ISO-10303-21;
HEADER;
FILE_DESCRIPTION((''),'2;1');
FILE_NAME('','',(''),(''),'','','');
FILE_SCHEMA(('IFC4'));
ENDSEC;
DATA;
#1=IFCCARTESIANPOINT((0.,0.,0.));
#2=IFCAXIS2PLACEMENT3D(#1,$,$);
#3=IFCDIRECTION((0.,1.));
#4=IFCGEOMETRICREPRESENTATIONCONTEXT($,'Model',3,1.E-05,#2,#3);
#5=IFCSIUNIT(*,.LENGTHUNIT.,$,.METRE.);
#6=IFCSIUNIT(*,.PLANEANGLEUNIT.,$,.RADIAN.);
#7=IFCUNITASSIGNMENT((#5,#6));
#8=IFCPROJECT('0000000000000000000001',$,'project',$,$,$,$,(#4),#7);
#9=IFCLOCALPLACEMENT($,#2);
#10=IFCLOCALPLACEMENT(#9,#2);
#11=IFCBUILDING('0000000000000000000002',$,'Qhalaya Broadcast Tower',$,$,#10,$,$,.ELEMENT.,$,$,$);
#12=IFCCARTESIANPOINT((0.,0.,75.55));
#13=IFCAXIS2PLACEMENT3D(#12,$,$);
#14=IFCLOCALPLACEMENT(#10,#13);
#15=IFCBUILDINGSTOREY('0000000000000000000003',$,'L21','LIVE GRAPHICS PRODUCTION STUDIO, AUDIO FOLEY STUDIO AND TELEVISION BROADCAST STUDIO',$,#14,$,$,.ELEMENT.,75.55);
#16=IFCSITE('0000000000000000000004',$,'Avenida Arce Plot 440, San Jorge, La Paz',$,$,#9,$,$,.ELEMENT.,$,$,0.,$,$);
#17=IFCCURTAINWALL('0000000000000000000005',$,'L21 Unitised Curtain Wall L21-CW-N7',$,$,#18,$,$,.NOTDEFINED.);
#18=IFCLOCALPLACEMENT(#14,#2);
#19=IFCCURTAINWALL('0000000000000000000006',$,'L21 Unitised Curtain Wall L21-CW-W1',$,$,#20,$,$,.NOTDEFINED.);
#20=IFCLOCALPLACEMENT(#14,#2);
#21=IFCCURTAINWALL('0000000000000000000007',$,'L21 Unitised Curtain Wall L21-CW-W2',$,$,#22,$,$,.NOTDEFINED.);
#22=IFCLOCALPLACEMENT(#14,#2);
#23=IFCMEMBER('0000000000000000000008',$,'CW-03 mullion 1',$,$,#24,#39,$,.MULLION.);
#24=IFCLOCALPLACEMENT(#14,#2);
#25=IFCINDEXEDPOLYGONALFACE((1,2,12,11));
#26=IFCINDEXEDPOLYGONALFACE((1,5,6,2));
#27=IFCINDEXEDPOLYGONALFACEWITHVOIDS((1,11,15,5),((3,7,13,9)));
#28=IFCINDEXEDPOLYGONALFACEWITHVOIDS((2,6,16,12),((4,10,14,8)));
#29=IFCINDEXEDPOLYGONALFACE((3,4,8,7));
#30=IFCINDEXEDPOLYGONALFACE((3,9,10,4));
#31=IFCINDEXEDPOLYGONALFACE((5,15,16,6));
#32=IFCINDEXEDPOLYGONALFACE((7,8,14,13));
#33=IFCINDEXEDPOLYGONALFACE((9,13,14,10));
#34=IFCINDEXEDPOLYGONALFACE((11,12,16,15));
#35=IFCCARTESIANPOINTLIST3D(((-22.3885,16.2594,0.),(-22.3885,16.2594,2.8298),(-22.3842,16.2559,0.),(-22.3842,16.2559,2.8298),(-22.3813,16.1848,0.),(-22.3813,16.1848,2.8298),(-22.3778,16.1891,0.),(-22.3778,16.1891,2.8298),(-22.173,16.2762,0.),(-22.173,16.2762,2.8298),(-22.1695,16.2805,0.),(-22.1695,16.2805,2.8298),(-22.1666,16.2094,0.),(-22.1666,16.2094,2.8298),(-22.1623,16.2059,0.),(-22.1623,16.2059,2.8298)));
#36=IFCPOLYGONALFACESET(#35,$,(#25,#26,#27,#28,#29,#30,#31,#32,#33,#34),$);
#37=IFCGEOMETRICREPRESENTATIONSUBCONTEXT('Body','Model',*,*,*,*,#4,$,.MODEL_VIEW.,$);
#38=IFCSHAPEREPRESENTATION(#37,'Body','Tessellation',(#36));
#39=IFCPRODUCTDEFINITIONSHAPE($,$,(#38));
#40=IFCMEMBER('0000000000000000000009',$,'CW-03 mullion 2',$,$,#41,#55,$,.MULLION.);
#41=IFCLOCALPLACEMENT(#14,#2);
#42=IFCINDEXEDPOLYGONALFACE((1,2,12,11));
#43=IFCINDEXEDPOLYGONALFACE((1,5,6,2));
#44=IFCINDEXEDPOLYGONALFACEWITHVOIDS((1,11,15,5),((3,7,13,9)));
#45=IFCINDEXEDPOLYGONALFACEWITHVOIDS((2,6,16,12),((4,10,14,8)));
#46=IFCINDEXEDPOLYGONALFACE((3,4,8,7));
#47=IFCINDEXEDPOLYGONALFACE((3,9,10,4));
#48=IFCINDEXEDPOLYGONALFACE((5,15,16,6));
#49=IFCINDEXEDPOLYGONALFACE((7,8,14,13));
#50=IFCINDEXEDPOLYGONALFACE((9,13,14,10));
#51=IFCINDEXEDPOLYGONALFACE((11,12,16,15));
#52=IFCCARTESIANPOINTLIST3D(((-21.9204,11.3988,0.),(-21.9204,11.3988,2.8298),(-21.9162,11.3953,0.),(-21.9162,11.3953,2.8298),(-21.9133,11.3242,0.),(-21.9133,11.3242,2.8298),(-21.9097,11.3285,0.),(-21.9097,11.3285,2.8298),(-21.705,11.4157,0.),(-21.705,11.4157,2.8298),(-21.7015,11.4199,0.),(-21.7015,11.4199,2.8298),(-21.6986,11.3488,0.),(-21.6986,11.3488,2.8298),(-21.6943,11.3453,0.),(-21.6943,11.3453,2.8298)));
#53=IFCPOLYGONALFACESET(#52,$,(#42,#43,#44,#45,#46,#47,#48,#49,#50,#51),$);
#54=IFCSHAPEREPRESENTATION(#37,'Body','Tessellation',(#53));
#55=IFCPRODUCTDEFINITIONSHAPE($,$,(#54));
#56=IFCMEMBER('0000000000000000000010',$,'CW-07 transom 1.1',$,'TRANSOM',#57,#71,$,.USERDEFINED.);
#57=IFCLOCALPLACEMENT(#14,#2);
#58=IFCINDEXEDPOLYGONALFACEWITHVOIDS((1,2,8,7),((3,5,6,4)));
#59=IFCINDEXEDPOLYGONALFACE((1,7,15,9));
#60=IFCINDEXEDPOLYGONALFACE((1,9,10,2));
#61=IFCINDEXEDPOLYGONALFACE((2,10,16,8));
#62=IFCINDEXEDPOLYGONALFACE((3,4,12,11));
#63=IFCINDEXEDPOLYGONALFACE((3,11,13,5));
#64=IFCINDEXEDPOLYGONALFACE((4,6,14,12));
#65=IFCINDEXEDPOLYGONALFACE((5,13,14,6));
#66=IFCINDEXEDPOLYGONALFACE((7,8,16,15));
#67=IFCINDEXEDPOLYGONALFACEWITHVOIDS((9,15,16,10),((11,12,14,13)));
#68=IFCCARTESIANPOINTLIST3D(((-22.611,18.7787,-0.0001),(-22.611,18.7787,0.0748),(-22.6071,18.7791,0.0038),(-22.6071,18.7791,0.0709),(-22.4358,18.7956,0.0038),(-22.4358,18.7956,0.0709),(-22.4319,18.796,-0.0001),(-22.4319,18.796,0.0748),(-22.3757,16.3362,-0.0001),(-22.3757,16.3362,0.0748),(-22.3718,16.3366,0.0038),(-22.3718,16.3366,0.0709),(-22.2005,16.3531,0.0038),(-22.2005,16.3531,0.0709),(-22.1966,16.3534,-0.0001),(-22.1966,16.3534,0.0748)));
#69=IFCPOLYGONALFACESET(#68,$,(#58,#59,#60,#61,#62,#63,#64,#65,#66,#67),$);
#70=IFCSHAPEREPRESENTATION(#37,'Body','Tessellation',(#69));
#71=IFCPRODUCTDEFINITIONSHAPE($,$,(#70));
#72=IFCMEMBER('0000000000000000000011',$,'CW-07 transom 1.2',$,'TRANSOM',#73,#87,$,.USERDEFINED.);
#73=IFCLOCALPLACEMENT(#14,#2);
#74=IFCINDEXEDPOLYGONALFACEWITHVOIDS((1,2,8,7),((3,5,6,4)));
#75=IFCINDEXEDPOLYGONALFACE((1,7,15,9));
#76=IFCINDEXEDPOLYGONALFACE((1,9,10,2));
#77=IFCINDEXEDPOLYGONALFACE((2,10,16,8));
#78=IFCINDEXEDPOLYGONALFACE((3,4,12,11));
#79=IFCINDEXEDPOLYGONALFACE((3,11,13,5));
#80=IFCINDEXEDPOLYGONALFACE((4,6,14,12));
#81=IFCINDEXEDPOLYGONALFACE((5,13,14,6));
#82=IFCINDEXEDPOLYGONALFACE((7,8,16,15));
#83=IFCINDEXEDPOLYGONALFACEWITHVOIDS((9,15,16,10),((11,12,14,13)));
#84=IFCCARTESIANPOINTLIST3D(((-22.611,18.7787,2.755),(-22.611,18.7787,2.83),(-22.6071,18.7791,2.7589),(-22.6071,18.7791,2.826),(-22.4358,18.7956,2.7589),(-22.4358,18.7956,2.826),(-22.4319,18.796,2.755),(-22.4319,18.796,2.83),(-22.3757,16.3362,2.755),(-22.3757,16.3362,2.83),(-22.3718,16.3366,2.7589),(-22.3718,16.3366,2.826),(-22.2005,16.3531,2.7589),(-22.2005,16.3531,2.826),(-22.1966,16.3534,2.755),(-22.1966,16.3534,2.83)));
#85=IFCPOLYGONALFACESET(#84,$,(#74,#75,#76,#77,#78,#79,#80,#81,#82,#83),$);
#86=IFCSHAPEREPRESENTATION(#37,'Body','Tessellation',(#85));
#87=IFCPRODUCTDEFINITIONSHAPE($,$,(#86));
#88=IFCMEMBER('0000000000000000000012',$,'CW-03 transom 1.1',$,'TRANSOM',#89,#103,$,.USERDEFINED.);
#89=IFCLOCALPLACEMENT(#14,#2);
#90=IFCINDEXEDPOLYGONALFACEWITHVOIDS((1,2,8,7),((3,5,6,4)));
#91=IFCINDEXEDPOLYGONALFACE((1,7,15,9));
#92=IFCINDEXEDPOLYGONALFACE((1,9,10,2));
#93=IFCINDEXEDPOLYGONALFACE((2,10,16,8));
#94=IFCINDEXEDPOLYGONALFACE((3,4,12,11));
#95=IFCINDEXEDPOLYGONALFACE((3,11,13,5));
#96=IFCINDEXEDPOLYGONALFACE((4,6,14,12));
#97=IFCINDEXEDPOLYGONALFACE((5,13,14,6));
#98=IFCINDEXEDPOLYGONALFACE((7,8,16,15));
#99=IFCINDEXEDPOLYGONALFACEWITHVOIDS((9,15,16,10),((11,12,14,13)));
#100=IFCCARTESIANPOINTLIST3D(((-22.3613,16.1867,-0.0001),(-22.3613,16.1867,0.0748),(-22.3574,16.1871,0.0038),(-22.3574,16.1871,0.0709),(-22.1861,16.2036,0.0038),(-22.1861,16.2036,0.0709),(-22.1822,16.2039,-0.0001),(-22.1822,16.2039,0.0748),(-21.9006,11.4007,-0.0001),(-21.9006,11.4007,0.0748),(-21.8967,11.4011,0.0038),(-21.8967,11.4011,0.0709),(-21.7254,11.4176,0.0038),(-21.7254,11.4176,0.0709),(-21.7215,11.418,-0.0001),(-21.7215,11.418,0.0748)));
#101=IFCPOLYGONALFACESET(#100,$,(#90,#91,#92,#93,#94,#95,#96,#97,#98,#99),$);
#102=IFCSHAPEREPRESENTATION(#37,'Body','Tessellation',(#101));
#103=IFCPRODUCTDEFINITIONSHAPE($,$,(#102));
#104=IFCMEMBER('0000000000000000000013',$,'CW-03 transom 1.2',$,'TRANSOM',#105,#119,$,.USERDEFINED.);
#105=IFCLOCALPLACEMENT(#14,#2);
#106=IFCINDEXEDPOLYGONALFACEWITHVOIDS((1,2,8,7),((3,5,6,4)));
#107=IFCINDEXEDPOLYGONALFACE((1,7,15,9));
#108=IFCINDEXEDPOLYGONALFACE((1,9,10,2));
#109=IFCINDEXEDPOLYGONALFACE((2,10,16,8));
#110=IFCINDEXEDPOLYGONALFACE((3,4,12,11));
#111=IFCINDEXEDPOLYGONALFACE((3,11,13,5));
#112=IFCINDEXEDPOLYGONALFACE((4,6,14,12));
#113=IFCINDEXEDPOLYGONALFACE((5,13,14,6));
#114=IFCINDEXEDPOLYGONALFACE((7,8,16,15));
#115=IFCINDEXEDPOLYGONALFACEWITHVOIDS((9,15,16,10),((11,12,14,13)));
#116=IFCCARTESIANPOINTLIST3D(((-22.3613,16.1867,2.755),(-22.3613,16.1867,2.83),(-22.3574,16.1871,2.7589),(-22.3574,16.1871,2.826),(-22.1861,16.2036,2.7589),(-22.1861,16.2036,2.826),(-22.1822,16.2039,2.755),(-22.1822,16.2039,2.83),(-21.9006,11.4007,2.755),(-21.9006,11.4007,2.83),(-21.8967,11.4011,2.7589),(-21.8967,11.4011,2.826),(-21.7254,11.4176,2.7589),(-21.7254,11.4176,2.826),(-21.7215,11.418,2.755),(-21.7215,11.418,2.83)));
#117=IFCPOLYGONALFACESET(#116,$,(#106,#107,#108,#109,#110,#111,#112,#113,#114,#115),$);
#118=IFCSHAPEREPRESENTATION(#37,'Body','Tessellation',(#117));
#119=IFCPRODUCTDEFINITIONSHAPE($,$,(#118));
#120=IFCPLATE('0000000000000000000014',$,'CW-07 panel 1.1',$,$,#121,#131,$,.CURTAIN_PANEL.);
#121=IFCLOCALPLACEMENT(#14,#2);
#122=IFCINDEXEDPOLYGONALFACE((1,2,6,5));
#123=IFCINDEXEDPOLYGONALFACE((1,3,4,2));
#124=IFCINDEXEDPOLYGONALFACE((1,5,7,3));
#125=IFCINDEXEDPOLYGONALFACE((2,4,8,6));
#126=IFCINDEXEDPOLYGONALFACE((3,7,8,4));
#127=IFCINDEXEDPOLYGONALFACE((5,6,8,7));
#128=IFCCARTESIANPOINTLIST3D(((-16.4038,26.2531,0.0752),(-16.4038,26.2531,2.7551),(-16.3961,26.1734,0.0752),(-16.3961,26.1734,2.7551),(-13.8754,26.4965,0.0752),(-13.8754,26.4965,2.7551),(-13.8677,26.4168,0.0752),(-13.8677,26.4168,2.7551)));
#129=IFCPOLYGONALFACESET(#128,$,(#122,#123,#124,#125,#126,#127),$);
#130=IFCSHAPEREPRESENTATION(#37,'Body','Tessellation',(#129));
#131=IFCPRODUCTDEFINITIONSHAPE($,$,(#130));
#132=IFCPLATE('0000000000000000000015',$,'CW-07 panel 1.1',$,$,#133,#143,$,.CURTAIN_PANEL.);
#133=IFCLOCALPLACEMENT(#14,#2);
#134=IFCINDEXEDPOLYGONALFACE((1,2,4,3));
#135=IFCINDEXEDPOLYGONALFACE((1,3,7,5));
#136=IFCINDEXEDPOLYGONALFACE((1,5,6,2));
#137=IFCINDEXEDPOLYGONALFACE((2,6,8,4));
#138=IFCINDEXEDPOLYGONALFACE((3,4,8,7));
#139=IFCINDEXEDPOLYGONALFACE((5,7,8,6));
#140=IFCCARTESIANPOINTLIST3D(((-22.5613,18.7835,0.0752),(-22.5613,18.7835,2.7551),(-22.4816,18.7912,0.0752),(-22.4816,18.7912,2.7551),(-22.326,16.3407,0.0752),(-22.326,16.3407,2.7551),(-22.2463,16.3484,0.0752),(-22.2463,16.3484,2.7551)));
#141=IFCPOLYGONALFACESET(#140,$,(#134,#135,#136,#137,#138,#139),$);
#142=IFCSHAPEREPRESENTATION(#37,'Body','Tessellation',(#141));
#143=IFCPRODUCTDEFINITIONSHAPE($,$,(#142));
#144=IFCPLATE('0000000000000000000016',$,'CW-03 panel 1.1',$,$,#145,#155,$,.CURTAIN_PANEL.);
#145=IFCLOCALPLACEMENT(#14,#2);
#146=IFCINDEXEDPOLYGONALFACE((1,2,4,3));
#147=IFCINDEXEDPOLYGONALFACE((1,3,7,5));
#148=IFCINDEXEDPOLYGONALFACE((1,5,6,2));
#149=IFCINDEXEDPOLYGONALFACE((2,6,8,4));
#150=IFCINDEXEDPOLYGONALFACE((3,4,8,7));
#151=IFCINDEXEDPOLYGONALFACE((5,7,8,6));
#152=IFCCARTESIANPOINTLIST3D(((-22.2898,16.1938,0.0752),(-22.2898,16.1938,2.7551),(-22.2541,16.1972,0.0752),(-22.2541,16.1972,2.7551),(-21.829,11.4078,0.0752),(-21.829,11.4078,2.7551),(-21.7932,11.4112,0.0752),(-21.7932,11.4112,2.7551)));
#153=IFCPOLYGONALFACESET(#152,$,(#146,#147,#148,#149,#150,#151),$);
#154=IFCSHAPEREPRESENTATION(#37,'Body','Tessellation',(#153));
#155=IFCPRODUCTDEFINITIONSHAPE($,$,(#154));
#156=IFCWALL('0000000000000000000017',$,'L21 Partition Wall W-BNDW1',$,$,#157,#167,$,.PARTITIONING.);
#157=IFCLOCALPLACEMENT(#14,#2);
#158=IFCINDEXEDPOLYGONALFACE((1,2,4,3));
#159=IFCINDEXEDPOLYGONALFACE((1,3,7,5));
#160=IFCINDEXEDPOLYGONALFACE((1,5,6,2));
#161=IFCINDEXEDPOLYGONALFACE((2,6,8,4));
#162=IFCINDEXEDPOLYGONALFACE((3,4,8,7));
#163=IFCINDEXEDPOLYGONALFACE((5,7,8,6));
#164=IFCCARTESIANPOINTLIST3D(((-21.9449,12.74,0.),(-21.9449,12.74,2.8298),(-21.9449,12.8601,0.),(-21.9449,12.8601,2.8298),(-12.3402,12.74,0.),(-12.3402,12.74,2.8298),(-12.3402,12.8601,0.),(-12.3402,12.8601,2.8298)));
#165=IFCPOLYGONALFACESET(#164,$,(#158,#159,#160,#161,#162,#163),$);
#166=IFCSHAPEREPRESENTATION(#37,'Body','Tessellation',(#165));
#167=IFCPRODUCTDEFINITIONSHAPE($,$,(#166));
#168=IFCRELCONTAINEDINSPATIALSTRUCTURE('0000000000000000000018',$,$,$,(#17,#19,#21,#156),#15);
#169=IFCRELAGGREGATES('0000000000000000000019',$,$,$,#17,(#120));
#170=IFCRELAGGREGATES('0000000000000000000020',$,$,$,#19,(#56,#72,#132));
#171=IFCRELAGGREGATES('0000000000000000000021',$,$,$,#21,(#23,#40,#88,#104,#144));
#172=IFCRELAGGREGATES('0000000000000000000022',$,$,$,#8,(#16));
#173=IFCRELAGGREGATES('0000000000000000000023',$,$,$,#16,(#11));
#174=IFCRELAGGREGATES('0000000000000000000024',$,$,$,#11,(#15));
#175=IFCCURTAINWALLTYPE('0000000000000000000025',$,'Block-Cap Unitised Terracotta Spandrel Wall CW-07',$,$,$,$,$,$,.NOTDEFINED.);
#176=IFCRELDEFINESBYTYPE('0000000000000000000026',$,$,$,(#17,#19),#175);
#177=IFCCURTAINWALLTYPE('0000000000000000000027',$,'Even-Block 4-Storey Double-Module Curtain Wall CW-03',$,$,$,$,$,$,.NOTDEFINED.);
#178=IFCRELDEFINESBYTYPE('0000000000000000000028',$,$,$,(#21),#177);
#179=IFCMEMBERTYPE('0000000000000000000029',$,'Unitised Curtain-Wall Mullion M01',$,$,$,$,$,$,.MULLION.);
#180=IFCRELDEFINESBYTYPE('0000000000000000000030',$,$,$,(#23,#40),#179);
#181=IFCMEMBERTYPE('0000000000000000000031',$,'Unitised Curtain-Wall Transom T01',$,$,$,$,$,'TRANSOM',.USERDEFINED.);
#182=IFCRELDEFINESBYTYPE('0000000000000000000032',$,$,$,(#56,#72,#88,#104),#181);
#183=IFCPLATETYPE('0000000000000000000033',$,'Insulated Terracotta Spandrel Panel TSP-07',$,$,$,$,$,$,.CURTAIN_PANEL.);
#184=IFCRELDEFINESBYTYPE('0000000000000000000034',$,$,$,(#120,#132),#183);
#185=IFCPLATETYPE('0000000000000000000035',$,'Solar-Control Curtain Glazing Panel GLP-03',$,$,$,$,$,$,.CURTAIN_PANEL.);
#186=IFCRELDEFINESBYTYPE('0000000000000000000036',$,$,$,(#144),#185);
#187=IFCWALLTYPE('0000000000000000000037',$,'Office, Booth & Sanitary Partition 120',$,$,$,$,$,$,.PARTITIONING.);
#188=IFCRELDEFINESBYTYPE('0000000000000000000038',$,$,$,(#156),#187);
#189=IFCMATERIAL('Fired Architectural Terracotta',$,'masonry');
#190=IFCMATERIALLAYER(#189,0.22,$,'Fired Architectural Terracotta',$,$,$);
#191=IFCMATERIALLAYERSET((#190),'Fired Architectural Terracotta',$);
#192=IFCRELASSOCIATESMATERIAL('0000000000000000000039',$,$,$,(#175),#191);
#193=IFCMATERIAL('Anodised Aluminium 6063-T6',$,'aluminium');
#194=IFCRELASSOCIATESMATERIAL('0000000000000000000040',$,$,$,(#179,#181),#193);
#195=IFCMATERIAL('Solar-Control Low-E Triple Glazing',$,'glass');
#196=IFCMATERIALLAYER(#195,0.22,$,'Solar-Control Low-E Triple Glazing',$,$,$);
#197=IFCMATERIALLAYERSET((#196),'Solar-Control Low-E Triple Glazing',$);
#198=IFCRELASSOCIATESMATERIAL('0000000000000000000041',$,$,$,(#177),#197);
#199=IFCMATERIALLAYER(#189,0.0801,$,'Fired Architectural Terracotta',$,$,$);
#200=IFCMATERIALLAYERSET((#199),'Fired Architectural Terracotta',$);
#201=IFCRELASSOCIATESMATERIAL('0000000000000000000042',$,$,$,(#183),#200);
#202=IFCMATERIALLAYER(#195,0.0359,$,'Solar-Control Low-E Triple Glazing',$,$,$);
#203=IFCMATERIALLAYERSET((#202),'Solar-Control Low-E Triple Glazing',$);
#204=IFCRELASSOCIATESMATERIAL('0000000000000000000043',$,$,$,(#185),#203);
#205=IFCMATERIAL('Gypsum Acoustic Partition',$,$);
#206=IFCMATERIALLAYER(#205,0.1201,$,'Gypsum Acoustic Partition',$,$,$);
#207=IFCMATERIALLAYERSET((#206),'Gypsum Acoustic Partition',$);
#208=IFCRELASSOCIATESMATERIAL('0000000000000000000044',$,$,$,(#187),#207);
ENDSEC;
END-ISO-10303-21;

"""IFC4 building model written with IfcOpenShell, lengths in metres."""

from ifc_helpers import new_model, si_unit, direction, frame, frame_2d, origin, origin_2d, place, context, subcontext, project, spatial, rectangle, hollow_rectangle, extrude, material, layer, layer_set, material_profile, profile_set, type_object, element, aggregate, save


model = new_model("IFC4")

# Units and contexts
model_context = context("Model", 3, precision=1e-05, world=origin(), true_north=direction((0.0, 1.0)))
body_context = subcontext(model_context, "Body", "Model", "MODEL_VIEW")
ifc_project = project(units=[si_unit("LENGTHUNIT", "METRE"), si_unit("PLANEANGLEUNIT", "RADIAN")], contexts=[model_context])

# Site, building, storey
site_placement = place(None, origin())
site = spatial("IfcSite", under=ifc_project, at=site_placement, Name="Avenida Arce Plot 440, San Jorge, La Paz", CompositionType="ELEMENT", RefElevation=0.0)
building_placement = place(site_placement, origin())
building = spatial("IfcBuilding", under=site, at=building_placement, Name="Qhalaya Broadcast Tower", CompositionType="ELEMENT")
storey_placement = place(building_placement, frame((0.0, 0.0, 75.55)))
storey = spatial("IfcBuildingStorey", under=building, at=storey_placement, Name="L21", Description="LIVE GRAPHICS PRODUCTION STUDIO, AUDIO FOLEY STUDIO AND TELEVISION BROADCAST STUDIO", CompositionType="ELEMENT", Elevation=75.55)

# Curtain wall
ifc_material_1 = material(Name="Fired Architectural Terracotta", Category="masonry")
ifc_layer_1 = layer(ifc_material_1, 0.22, Name="Fired Architectural Terracotta")
ifc_layer_set_1 = layer_set([ifc_layer_1], Name="Fired Architectural Terracotta")
curtain_wall_type_1 = type_object("IfcCurtainWallType", Name="Block-Cap Unitised Terracotta Spandrel Wall CW-07", PredefinedType="NOTDEFINED", material=ifc_layer_set_1)
curtain_wall_1_placement = place(storey_placement, origin())
curtain_wall_1 = element("IfcCurtainWall", 1, at=curtain_wall_1_placement, inside=storey, type_object=curtain_wall_type_1, Name="L21 Unitised Curtain Wall L21-CW-N7", PredefinedType="NOTDEFINED")
ifc_material_2 = material(Name="Anodised Aluminium 6063-T6", Category="aluminium")
ifc_material_profile_1 = material_profile(ifc_material_2, hollow_rectangle(XDim=0.075, YDim=0.22, WallThickness=0.0039, at=origin_2d()), Name="ALU-MUL 75x220x4")
ifc_profile_set_1 = profile_set([ifc_material_profile_1], Name="Anodised Aluminium 6063-T6")
member_type_1 = type_object("IfcMemberType", Name="Unitised Curtain-Wall Mullion M01", PredefinedType="MULLION", material=ifc_profile_set_1)

# Curtain walls, members
curtain_wall_2_placement = place(storey_placement, origin())
curtain_wall_2 = element("IfcCurtainWall", 2, at=curtain_wall_2_placement, inside=storey, type_object=curtain_wall_type_1, Name="L21 Unitised Curtain Wall L21-CW-W1", PredefinedType="NOTDEFINED")
ifc_material_3 = material(Name="Solar-Control Low-E Triple Glazing", Category="glass")
ifc_layer_2 = layer(ifc_material_3, 0.22, Name="Solar-Control Low-E Triple Glazing")
ifc_layer_set_2 = layer_set([ifc_layer_2], Name="Solar-Control Low-E Triple Glazing")
curtain_wall_type_2 = type_object("IfcCurtainWallType", Name="Even-Block 4-Storey Double-Module Curtain Wall CW-03", PredefinedType="NOTDEFINED", material=ifc_layer_set_2)
curtain_wall_3_placement = place(storey_placement, origin())
curtain_wall_3 = element("IfcCurtainWall", 3, at=curtain_wall_3_placement, inside=storey, type_object=curtain_wall_type_2, Name="L21 Unitised Curtain Wall L21-CW-W2", PredefinedType="NOTDEFINED")
member_1_placement = place(storey_placement, frame((-22.2754, 16.2327, 0.0), z_axis=(0.0, 0.0, 1.0), x_axis=(0.095845, -0.995396, 0.0)))
member_1 = element("IfcMember", 4, at=member_1_placement, type_object=member_type_1, Name="CW-03 mullion 1", PredefinedType="MULLION", context=body_context, shape_type="SweptSolid", body=[
    extrude(hollow_rectangle(XDim=0.075, YDim=0.22, WallThickness=0.0039, at=origin_2d()), origin(), (0.0, 0.0, 1.0), 2.8298),
])
member_2_placement = place(storey_placement, frame((-21.8074, 11.3721, 0.0), z_axis=(0.0, 0.0, 1.0), x_axis=(0.095845, -0.995396, 0.0)))
member_2 = element("IfcMember", 5, at=member_2_placement, type_object=member_type_1, Name="CW-03 mullion 2", PredefinedType="MULLION", context=body_context, shape_type="SweptSolid", body=[
    extrude(hollow_rectangle(XDim=0.075, YDim=0.22, WallThickness=0.0039, at=origin_2d()), origin(), (0.0, 0.0, 1.0), 2.8298),
])

# Members
ifc_material_profile_2 = material_profile(ifc_material_2, hollow_rectangle(XDim=0.075, YDim=0.1799, WallThickness=0.0039, at=origin_2d()), Name="ALU-TRN 75x180x4")
ifc_profile_set_2 = profile_set([ifc_material_profile_2], Name="Anodised Aluminium 6063-T6")
member_type_2 = type_object("IfcMemberType", Name="Unitised Curtain-Wall Transom T01", ElementType="TRANSOM", PredefinedType="USERDEFINED", material=ifc_profile_set_2)
member_3_placement = place(storey_placement, frame((-22.5215, 18.7874, 0.0374), z_axis=(0.095908, -0.99539, 0.0), x_axis=(0.0, 0.0, 1.0)))
member_3 = element("IfcMember", 6, at=member_3_placement, type_object=member_type_2, Name="CW-07 transom 1.1", ObjectType="TRANSOM", PredefinedType="USERDEFINED", context=body_context, shape_type="SweptSolid", body=[
    extrude(hollow_rectangle(XDim=0.075, YDim=0.1799, WallThickness=0.0039, at=origin_2d()), origin(), (0.0, 0.0, 1.0), 2.4539),
])
member_4_placement = place(storey_placement, frame((-22.5215, 18.7874, 2.7925), z_axis=(0.095908, -0.99539, 0.0), x_axis=(0.0, 0.0, 1.0)))
member_4 = element("IfcMember", 7, at=member_4_placement, type_object=member_type_2, Name="CW-07 transom 1.2", ObjectType="TRANSOM", PredefinedType="USERDEFINED", context=body_context, shape_type="SweptSolid", body=[
    extrude(hollow_rectangle(XDim=0.075, YDim=0.1799, WallThickness=0.0039, at=origin_2d()), origin(), (0.0, 0.0, 1.0), 2.4539),
])
member_5_placement = place(storey_placement, frame((-22.2717, 16.1953, 0.0374), z_axis=(0.095818, -0.995399, 0.0), x_axis=(0.0, 0.0, 1.0)))
member_5 = element("IfcMember", 8, at=member_5_placement, type_object=member_type_2, Name="CW-03 transom 1.1", ObjectType="TRANSOM", PredefinedType="USERDEFINED", context=body_context, shape_type="SweptSolid", body=[
    extrude(hollow_rectangle(XDim=0.075, YDim=0.1799, WallThickness=0.0039, at=origin_2d()), origin(), (0.0, 0.0, 1.0), 4.8081),
])
member_6_placement = place(storey_placement, frame((-22.2717, 16.1953, 2.7925), z_axis=(0.095818, -0.995399, 0.0), x_axis=(0.0, 0.0, 1.0)))
member_6 = element("IfcMember", 9, at=member_6_placement, type_object=member_type_2, Name="CW-03 transom 1.2", ObjectType="TRANSOM", PredefinedType="USERDEFINED", context=body_context, shape_type="SweptSolid", body=[
    extrude(hollow_rectangle(XDim=0.075, YDim=0.1799, WallThickness=0.0039, at=origin_2d()), origin(), (0.0, 0.0, 1.0), 4.8081),
])

# Plates
ifc_layer_3 = layer(ifc_material_1, 0.0801, Name="Fired Architectural Terracotta")
ifc_layer_set_3 = layer_set([ifc_layer_3], Name="Fired Architectural Terracotta")
plate_type_1 = type_object("IfcPlateType", Name="Insulated Terracotta Spandrel Panel TSP-07", PredefinedType="CURTAIN_PANEL", material=ifc_layer_set_3)
plate_1_placement = place(storey_placement, frame((-15.1357, 26.335, 0.0752), z_axis=(0.0, 0.0, 1.0), x_axis=(-0.995397, -0.095834, 0.0)))
plate_1 = element("IfcPlate", 10, at=plate_1_placement, type_object=plate_type_1, Name="CW-07 panel 1.1", PredefinedType="CURTAIN_PANEL", context=body_context, shape_type="SweptSolid", body=[
    extrude(rectangle(XDim=2.54, YDim=0.0801, at=origin_2d()), origin(), (0.0, 0.0, 1.0), 2.6799),
])
aggregate(curtain_wall_1, [plate_1])
plate_2_placement = place(storey_placement, frame((-22.4038, 17.5659, 0.0752), z_axis=(0.0, 0.0, 1.0), x_axis=(0.095853, -0.995396, 0.0)))
plate_2 = element("IfcPlate", 11, at=plate_2_placement, type_object=plate_type_1, Name="CW-07 panel 1.1", PredefinedType="CURTAIN_PANEL", context=body_context, shape_type="SweptSolid", body=[
    extrude(rectangle(XDim=2.4541, YDim=0.0801, at=origin_2d()), origin(), (0.0, 0.0, 1.0), 2.6799),
])
aggregate(curtain_wall_2, [member_3, member_4, plate_2])
ifc_layer_4 = layer(ifc_material_3, 0.0359, Name="Solar-Control Low-E Triple Glazing")
ifc_layer_set_4 = layer_set([ifc_layer_4], Name="Solar-Control Low-E Triple Glazing")
plate_type_2 = type_object("IfcPlateType", Name="Solar-Control Curtain Glazing Panel GLP-03", PredefinedType="CURTAIN_PANEL", material=ifc_layer_set_4)
plate_3_placement = place(storey_placement, frame((-22.0415, 13.8025, 0.0752), z_axis=(0.0, 0.0, 1.0), x_axis=(0.095845, -0.995396, 0.0)))
plate_3 = element("IfcPlate", 12, at=plate_3_placement, type_object=plate_type_2, Name="CW-03 panel 1.1", PredefinedType="CURTAIN_PANEL", context=body_context, shape_type="SweptSolid", body=[
    extrude(rectangle(XDim=4.8081, YDim=0.0359, at=origin_2d()), origin(), (0.0, 0.0, 1.0), 2.6799),
])
aggregate(curtain_wall_3, [member_1, member_2, member_5, member_6, plate_3])

# Wall
ifc_material_4 = material(Name="Gypsum Acoustic Partition")
ifc_layer_5 = layer(ifc_material_4, 0.1201, Name="Gypsum Acoustic Partition")
ifc_layer_set_5 = layer_set([ifc_layer_5], Name="Gypsum Acoustic Partition")
wall_type = type_object("IfcWallType", Name="Office, Booth & Sanitary Partition 120", PredefinedType="PARTITIONING", material=ifc_layer_set_5)
wall_placement = place(storey_placement, frame((-21.9448, 12.8, 0.0), z_axis=(0.0, 0.0, 1.0), x_axis=(1.0, 0.0, 0.0)))
element("IfcWall", 13, at=wall_placement, inside=storey, type_object=wall_type, Name="L21 Partition Wall W-BNDW1", PredefinedType="PARTITIONING", context=body_context, shape_type="SweptSolid", body=[
    extrude(rectangle(XDim=9.6047, YDim=0.1201, at=frame_2d((4.8022, 0.0))), origin(), (0.0, 0.0, 1.0), 2.8298),
])

save(model, "model.ifc")
